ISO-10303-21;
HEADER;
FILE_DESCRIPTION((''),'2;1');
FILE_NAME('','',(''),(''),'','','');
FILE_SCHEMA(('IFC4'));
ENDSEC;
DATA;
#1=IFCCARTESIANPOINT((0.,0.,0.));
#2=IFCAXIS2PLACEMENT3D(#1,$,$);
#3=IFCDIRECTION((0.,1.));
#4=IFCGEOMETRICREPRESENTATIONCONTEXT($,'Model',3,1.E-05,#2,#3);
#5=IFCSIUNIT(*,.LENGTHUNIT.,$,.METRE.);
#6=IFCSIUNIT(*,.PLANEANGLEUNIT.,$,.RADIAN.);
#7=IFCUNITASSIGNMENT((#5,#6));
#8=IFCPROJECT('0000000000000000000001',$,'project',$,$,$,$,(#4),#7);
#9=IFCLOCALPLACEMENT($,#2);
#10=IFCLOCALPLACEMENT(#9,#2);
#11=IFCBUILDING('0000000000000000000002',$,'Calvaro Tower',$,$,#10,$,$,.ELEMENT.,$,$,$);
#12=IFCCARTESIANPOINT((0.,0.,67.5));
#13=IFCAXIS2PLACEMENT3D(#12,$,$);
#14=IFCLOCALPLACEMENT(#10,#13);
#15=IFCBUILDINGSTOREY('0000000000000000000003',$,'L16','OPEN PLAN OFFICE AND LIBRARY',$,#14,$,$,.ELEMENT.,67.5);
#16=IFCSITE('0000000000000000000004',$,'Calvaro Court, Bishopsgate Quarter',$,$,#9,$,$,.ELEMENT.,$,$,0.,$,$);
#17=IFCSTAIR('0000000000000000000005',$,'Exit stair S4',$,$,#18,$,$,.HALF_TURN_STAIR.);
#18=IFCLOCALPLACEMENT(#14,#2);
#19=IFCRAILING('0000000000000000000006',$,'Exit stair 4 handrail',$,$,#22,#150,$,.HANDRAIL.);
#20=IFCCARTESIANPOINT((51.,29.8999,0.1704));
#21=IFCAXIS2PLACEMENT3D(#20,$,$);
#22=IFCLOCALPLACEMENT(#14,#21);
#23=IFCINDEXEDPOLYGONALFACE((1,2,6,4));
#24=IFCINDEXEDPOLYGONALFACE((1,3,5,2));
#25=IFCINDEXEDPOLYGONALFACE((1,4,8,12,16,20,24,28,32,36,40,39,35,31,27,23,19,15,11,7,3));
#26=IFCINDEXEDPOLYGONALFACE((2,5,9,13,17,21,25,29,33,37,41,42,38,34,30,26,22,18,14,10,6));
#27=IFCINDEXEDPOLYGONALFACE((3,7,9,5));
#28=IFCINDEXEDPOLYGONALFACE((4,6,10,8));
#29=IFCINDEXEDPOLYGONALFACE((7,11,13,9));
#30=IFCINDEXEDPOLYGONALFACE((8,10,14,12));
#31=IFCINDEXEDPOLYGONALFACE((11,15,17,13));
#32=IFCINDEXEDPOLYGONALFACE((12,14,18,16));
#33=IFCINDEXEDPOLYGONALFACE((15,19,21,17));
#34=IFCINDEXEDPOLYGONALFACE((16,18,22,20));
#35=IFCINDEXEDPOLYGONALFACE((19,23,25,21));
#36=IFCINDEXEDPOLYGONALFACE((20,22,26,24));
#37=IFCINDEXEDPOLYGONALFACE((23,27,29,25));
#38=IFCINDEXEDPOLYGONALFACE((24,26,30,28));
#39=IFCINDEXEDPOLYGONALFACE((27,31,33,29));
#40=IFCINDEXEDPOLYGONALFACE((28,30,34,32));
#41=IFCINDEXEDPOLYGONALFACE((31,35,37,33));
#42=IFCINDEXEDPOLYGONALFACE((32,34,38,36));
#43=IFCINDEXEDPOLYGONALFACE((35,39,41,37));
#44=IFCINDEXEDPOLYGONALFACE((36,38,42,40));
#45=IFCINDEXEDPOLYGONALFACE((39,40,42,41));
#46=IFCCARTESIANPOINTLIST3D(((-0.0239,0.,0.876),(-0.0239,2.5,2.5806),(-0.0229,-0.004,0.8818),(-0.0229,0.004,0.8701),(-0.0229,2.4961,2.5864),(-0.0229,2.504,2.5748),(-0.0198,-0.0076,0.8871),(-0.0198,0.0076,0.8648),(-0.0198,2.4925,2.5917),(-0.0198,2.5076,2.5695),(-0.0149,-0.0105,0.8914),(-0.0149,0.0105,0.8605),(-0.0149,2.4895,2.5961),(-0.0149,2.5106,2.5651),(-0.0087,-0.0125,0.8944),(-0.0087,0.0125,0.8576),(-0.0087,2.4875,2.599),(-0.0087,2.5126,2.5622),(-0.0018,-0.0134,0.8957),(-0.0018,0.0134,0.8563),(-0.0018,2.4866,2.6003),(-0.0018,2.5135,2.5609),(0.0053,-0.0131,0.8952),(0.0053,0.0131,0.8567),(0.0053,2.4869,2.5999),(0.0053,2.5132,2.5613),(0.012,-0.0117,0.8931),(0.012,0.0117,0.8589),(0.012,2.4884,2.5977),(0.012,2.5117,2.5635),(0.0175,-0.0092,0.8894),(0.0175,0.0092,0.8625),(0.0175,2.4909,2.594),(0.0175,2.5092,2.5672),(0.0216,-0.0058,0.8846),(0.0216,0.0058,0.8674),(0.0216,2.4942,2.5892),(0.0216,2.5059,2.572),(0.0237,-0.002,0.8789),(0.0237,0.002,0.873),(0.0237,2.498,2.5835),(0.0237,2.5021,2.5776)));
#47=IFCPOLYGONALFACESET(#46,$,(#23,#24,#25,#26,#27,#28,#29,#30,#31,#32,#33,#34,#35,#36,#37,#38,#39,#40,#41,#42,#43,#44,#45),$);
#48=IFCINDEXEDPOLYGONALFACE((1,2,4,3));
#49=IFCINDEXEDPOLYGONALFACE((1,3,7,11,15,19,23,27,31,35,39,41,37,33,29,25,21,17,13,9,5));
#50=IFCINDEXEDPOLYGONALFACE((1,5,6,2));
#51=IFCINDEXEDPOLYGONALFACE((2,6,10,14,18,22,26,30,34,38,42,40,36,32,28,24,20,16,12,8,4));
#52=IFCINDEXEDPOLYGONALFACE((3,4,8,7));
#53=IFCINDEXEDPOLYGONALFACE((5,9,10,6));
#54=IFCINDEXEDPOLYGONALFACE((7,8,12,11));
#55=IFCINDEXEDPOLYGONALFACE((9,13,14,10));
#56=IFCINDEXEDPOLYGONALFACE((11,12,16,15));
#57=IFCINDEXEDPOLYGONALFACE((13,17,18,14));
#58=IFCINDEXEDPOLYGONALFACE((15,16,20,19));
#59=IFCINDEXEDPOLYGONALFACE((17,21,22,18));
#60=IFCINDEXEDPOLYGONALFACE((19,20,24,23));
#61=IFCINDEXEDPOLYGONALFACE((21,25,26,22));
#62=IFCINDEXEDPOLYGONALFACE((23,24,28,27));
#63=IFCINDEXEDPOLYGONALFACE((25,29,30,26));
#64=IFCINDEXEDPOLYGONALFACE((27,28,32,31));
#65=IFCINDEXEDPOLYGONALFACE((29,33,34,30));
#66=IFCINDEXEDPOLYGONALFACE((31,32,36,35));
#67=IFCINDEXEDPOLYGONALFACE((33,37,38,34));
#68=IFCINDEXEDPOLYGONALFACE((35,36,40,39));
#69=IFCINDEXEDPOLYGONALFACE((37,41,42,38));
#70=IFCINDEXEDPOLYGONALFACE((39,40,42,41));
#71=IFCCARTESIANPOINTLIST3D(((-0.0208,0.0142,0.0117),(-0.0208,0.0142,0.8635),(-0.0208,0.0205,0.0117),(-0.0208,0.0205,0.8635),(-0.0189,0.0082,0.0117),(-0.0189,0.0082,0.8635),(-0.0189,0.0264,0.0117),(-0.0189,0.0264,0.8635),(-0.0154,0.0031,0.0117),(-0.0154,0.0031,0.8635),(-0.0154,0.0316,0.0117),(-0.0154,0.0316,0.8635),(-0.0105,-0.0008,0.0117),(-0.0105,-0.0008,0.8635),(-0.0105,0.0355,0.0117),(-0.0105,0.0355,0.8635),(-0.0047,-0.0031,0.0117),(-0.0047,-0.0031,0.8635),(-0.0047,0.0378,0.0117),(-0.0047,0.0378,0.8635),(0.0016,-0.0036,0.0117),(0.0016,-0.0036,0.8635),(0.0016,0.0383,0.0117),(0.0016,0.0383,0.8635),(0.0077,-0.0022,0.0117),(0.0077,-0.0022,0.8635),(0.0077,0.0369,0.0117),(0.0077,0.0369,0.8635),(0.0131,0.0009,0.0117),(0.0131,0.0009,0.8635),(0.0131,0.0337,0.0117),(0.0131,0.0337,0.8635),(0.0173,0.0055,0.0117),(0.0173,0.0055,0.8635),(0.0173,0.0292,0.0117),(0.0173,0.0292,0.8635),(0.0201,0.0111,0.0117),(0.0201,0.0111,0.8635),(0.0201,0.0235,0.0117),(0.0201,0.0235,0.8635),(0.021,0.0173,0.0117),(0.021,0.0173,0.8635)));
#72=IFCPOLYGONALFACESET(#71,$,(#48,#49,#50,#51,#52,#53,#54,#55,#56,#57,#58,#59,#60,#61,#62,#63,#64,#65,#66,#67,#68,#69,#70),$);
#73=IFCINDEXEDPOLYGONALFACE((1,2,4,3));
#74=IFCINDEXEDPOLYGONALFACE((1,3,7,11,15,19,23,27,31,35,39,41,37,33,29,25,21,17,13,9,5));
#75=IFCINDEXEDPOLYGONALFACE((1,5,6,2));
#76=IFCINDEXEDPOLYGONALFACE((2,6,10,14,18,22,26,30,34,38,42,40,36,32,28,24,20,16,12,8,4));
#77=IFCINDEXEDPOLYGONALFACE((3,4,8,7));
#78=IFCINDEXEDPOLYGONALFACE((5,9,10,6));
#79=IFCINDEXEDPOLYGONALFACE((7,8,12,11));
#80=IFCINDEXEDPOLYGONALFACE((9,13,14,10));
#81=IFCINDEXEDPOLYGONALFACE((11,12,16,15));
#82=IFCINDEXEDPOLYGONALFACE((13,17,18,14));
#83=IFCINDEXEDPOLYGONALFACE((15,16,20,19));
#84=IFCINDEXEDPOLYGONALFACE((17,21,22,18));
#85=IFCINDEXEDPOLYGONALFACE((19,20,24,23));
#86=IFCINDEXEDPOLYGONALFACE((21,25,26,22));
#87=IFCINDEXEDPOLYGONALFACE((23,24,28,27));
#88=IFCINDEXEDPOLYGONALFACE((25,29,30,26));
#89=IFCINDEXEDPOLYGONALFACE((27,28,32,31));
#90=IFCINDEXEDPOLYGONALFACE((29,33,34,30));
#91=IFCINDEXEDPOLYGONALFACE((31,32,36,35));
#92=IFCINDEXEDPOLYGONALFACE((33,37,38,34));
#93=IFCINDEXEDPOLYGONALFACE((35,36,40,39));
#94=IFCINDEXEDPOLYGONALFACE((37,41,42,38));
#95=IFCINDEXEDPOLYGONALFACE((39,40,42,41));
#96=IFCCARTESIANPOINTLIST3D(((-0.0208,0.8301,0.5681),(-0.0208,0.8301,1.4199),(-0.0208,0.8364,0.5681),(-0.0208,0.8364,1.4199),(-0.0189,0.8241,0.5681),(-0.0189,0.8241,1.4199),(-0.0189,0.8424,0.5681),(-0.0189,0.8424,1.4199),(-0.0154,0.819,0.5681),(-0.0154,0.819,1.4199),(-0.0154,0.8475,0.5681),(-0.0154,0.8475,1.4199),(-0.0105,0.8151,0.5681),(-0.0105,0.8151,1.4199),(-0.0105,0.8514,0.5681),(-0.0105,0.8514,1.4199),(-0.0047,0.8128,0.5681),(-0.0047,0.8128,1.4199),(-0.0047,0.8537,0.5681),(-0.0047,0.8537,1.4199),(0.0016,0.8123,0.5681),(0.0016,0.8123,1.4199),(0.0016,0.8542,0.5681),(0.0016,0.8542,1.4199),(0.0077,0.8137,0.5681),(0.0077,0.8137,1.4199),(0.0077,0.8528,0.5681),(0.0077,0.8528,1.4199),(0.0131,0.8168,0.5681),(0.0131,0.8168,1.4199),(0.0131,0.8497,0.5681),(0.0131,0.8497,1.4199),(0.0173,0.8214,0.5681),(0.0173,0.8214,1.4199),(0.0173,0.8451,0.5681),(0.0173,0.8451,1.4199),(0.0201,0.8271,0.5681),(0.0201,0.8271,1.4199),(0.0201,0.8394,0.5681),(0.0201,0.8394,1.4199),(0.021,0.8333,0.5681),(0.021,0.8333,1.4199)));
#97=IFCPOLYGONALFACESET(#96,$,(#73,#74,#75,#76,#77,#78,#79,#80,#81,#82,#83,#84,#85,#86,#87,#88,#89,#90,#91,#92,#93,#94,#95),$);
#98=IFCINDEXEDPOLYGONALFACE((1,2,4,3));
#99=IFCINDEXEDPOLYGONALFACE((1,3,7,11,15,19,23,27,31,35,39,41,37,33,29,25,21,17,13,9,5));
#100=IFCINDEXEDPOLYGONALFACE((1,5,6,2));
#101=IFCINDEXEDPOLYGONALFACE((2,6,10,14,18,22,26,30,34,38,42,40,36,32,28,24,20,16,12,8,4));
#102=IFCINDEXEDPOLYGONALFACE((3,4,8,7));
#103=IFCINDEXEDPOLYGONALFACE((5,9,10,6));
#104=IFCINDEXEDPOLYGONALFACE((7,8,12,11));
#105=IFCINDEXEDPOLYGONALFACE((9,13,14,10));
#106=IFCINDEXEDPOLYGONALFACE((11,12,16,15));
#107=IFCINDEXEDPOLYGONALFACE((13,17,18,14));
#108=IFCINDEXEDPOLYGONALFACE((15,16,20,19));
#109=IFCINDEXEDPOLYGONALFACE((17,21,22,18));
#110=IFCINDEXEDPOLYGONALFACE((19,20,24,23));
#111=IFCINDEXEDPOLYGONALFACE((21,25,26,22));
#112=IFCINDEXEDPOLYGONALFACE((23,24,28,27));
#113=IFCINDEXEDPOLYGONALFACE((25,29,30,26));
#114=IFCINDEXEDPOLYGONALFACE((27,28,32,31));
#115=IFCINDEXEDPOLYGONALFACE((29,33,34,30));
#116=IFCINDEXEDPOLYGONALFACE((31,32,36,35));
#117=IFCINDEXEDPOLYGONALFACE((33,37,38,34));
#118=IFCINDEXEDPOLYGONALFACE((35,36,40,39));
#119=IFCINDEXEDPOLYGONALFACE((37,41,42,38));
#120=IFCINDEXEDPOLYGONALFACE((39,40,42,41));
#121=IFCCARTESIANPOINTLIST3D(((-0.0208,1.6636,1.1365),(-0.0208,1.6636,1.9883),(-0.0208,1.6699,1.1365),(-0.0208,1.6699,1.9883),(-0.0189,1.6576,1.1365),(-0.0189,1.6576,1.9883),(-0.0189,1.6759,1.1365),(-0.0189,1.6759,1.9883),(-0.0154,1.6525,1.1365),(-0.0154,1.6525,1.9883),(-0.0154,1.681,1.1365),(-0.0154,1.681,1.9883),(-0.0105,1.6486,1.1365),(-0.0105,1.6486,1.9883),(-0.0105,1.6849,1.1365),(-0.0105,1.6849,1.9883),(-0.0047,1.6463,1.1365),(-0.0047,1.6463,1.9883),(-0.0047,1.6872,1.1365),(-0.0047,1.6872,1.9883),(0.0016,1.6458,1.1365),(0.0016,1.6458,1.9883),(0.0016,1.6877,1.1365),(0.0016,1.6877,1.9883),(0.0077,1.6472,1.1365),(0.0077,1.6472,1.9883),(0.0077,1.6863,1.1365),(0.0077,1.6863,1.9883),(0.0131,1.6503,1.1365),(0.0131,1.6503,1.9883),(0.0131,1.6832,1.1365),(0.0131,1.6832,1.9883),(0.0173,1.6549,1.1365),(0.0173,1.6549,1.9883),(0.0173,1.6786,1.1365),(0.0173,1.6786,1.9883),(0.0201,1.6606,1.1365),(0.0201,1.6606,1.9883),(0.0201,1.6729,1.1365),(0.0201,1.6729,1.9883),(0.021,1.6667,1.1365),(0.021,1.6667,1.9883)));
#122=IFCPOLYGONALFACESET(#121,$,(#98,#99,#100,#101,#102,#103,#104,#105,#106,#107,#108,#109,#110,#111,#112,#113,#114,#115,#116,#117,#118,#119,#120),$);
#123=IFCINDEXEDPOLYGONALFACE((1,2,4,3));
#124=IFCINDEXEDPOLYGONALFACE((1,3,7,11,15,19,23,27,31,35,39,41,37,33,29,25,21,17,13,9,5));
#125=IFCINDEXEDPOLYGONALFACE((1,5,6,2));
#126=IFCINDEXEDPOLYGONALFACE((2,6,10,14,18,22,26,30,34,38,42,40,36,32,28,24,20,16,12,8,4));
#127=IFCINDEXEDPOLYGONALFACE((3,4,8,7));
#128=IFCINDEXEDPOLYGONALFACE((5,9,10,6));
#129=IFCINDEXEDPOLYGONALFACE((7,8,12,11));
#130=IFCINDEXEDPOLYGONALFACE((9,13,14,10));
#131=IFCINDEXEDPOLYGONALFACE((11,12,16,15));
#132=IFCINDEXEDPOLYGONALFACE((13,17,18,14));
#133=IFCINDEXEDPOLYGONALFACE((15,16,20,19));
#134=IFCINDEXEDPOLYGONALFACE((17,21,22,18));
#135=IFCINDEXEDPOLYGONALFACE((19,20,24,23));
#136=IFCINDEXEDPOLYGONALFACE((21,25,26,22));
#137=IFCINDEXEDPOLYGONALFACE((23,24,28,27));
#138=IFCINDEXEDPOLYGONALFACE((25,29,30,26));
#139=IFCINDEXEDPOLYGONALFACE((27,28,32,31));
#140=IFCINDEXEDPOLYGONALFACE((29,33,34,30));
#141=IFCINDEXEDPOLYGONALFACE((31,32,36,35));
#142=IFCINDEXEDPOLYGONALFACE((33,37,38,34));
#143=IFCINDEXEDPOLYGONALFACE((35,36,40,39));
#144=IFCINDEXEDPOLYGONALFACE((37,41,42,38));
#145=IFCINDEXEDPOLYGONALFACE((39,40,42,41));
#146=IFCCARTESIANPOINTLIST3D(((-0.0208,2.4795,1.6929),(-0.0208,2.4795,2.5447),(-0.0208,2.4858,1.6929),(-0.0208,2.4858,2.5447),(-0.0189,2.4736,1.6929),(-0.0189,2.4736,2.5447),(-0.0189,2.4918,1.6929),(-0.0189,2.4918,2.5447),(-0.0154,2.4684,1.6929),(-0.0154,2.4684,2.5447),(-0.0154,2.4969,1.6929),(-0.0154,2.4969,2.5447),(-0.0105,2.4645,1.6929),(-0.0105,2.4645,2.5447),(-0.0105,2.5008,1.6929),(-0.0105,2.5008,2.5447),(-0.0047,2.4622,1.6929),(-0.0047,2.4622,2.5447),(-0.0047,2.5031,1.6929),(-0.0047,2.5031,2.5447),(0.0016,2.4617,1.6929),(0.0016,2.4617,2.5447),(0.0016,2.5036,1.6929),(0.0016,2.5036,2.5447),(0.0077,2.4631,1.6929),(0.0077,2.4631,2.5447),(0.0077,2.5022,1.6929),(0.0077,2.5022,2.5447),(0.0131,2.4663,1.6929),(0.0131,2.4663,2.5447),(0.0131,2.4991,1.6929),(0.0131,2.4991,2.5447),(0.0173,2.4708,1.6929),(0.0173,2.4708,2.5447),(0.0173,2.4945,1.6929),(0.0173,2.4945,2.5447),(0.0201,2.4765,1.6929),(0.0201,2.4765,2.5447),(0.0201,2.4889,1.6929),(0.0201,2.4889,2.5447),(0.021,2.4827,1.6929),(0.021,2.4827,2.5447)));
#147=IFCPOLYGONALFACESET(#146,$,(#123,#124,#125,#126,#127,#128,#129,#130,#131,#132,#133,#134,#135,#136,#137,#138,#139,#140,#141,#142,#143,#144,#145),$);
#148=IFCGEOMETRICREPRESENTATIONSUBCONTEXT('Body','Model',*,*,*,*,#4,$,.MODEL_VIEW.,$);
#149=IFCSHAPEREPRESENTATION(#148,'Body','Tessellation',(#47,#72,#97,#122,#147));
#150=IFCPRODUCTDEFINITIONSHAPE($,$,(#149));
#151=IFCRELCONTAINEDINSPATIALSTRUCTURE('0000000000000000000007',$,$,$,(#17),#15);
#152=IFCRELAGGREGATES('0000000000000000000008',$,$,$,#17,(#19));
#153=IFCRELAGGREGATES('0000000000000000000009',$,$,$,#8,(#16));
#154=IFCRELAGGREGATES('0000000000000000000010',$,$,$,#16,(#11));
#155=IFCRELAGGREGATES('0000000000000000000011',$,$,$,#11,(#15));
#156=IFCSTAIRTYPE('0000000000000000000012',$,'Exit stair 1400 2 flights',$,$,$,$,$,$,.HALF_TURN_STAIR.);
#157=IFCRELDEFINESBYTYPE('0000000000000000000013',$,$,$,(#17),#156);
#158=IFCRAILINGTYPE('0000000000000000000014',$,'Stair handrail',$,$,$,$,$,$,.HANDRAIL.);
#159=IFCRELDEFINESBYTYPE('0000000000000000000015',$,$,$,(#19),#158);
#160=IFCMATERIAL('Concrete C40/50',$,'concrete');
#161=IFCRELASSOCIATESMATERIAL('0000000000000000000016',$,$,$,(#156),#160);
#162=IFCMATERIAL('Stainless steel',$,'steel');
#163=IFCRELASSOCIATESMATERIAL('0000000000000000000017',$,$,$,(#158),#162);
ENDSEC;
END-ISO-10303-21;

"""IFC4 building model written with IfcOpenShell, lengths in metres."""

from ifc_helpers import new_model, si_unit, direction, frame, origin, origin_2d, place, context, subcontext, project, spatial, circle, extrude, material, type_object, element, aggregate, save


model = new_model("IFC4")

# Units and contexts
model_context = context("Model", 3, precision=1e-05, world=origin(), true_north=direction((0.0, 1.0)))
body_context = subcontext(model_context, "Body", "Model", "MODEL_VIEW")
ifc_project = project(units=[si_unit("LENGTHUNIT", "METRE"), si_unit("PLANEANGLEUNIT", "RADIAN")], contexts=[model_context])

# Site, building, storey
site_placement = place(None, origin())
site = spatial("IfcSite", under=ifc_project, at=site_placement, Name="Calvaro Court, Bishopsgate Quarter", CompositionType="ELEMENT", RefElevation=0.0)
building_placement = place(site_placement, origin())
building = spatial("IfcBuilding", under=site, at=building_placement, Name="Calvaro Tower", CompositionType="ELEMENT")
storey_placement = place(building_placement, frame((0.0, 0.0, 67.5)))
storey = spatial("IfcBuildingStorey", under=building, at=storey_placement, Name="L16", Description="OPEN PLAN OFFICE AND LIBRARY", CompositionType="ELEMENT", Elevation=67.5)

# Stair
ifc_material_1 = material(Name="Concrete C40/50", Category="concrete")
stair_type = type_object("IfcStairType", Name="Exit stair 1400 2 flights", PredefinedType="HALF_TURN_STAIR", material=ifc_material_1)
stair_1_placement = place(storey_placement, origin())
stair_1 = element("IfcStair", 1, at=stair_1_placement, inside=storey, type_object=stair_type, Name="Exit stair S4", PredefinedType="HALF_TURN_STAIR")

# Railing
ifc_material_2 = material(Name="Stainless steel", Category="steel")
railing_type = type_object("IfcRailingType", Name="Stair handrail", PredefinedType="HANDRAIL", material=ifc_material_2)
railing_1_placement = place(storey_placement, frame((51.0, 29.8999, 0.1704)))
railing_1 = element("IfcRailing", 2, at=railing_1_placement, type_object=railing_type, Name="Exit stair 4 handrail", PredefinedType="HANDRAIL", context=body_context, shape_type="SweptSolid", body=[
    extrude(circle(Radius=0.0239, at=origin_2d()), frame((0.0, 0.0, 0.876), z_axis=(0.0, 0.826221, 0.563347), x_axis=(-1.0, 0.0, 0.0)), (0.0, 0.0, 1.0), 3.0259),
    extrude(circle(Radius=0.021, at=origin_2d()), frame((0.0, 0.0173, 0.0117)), (0.0, 0.0, 1.0), 0.8518),
    extrude(circle(Radius=0.021, at=origin_2d()), frame((0.0, 0.8333, 0.5681)), (0.0, 0.0, 1.0), 0.8518),
    extrude(circle(Radius=0.021, at=origin_2d()), frame((0.0, 1.6667, 1.1365)), (0.0, 0.0, 1.0), 0.8518),
    extrude(circle(Radius=0.021, at=origin_2d()), frame((0.0, 2.4827, 1.6929)), (0.0, 0.0, 1.0), 0.8518),
])
aggregate(stair_1, [railing_1])

save(model, "model.ifc")
